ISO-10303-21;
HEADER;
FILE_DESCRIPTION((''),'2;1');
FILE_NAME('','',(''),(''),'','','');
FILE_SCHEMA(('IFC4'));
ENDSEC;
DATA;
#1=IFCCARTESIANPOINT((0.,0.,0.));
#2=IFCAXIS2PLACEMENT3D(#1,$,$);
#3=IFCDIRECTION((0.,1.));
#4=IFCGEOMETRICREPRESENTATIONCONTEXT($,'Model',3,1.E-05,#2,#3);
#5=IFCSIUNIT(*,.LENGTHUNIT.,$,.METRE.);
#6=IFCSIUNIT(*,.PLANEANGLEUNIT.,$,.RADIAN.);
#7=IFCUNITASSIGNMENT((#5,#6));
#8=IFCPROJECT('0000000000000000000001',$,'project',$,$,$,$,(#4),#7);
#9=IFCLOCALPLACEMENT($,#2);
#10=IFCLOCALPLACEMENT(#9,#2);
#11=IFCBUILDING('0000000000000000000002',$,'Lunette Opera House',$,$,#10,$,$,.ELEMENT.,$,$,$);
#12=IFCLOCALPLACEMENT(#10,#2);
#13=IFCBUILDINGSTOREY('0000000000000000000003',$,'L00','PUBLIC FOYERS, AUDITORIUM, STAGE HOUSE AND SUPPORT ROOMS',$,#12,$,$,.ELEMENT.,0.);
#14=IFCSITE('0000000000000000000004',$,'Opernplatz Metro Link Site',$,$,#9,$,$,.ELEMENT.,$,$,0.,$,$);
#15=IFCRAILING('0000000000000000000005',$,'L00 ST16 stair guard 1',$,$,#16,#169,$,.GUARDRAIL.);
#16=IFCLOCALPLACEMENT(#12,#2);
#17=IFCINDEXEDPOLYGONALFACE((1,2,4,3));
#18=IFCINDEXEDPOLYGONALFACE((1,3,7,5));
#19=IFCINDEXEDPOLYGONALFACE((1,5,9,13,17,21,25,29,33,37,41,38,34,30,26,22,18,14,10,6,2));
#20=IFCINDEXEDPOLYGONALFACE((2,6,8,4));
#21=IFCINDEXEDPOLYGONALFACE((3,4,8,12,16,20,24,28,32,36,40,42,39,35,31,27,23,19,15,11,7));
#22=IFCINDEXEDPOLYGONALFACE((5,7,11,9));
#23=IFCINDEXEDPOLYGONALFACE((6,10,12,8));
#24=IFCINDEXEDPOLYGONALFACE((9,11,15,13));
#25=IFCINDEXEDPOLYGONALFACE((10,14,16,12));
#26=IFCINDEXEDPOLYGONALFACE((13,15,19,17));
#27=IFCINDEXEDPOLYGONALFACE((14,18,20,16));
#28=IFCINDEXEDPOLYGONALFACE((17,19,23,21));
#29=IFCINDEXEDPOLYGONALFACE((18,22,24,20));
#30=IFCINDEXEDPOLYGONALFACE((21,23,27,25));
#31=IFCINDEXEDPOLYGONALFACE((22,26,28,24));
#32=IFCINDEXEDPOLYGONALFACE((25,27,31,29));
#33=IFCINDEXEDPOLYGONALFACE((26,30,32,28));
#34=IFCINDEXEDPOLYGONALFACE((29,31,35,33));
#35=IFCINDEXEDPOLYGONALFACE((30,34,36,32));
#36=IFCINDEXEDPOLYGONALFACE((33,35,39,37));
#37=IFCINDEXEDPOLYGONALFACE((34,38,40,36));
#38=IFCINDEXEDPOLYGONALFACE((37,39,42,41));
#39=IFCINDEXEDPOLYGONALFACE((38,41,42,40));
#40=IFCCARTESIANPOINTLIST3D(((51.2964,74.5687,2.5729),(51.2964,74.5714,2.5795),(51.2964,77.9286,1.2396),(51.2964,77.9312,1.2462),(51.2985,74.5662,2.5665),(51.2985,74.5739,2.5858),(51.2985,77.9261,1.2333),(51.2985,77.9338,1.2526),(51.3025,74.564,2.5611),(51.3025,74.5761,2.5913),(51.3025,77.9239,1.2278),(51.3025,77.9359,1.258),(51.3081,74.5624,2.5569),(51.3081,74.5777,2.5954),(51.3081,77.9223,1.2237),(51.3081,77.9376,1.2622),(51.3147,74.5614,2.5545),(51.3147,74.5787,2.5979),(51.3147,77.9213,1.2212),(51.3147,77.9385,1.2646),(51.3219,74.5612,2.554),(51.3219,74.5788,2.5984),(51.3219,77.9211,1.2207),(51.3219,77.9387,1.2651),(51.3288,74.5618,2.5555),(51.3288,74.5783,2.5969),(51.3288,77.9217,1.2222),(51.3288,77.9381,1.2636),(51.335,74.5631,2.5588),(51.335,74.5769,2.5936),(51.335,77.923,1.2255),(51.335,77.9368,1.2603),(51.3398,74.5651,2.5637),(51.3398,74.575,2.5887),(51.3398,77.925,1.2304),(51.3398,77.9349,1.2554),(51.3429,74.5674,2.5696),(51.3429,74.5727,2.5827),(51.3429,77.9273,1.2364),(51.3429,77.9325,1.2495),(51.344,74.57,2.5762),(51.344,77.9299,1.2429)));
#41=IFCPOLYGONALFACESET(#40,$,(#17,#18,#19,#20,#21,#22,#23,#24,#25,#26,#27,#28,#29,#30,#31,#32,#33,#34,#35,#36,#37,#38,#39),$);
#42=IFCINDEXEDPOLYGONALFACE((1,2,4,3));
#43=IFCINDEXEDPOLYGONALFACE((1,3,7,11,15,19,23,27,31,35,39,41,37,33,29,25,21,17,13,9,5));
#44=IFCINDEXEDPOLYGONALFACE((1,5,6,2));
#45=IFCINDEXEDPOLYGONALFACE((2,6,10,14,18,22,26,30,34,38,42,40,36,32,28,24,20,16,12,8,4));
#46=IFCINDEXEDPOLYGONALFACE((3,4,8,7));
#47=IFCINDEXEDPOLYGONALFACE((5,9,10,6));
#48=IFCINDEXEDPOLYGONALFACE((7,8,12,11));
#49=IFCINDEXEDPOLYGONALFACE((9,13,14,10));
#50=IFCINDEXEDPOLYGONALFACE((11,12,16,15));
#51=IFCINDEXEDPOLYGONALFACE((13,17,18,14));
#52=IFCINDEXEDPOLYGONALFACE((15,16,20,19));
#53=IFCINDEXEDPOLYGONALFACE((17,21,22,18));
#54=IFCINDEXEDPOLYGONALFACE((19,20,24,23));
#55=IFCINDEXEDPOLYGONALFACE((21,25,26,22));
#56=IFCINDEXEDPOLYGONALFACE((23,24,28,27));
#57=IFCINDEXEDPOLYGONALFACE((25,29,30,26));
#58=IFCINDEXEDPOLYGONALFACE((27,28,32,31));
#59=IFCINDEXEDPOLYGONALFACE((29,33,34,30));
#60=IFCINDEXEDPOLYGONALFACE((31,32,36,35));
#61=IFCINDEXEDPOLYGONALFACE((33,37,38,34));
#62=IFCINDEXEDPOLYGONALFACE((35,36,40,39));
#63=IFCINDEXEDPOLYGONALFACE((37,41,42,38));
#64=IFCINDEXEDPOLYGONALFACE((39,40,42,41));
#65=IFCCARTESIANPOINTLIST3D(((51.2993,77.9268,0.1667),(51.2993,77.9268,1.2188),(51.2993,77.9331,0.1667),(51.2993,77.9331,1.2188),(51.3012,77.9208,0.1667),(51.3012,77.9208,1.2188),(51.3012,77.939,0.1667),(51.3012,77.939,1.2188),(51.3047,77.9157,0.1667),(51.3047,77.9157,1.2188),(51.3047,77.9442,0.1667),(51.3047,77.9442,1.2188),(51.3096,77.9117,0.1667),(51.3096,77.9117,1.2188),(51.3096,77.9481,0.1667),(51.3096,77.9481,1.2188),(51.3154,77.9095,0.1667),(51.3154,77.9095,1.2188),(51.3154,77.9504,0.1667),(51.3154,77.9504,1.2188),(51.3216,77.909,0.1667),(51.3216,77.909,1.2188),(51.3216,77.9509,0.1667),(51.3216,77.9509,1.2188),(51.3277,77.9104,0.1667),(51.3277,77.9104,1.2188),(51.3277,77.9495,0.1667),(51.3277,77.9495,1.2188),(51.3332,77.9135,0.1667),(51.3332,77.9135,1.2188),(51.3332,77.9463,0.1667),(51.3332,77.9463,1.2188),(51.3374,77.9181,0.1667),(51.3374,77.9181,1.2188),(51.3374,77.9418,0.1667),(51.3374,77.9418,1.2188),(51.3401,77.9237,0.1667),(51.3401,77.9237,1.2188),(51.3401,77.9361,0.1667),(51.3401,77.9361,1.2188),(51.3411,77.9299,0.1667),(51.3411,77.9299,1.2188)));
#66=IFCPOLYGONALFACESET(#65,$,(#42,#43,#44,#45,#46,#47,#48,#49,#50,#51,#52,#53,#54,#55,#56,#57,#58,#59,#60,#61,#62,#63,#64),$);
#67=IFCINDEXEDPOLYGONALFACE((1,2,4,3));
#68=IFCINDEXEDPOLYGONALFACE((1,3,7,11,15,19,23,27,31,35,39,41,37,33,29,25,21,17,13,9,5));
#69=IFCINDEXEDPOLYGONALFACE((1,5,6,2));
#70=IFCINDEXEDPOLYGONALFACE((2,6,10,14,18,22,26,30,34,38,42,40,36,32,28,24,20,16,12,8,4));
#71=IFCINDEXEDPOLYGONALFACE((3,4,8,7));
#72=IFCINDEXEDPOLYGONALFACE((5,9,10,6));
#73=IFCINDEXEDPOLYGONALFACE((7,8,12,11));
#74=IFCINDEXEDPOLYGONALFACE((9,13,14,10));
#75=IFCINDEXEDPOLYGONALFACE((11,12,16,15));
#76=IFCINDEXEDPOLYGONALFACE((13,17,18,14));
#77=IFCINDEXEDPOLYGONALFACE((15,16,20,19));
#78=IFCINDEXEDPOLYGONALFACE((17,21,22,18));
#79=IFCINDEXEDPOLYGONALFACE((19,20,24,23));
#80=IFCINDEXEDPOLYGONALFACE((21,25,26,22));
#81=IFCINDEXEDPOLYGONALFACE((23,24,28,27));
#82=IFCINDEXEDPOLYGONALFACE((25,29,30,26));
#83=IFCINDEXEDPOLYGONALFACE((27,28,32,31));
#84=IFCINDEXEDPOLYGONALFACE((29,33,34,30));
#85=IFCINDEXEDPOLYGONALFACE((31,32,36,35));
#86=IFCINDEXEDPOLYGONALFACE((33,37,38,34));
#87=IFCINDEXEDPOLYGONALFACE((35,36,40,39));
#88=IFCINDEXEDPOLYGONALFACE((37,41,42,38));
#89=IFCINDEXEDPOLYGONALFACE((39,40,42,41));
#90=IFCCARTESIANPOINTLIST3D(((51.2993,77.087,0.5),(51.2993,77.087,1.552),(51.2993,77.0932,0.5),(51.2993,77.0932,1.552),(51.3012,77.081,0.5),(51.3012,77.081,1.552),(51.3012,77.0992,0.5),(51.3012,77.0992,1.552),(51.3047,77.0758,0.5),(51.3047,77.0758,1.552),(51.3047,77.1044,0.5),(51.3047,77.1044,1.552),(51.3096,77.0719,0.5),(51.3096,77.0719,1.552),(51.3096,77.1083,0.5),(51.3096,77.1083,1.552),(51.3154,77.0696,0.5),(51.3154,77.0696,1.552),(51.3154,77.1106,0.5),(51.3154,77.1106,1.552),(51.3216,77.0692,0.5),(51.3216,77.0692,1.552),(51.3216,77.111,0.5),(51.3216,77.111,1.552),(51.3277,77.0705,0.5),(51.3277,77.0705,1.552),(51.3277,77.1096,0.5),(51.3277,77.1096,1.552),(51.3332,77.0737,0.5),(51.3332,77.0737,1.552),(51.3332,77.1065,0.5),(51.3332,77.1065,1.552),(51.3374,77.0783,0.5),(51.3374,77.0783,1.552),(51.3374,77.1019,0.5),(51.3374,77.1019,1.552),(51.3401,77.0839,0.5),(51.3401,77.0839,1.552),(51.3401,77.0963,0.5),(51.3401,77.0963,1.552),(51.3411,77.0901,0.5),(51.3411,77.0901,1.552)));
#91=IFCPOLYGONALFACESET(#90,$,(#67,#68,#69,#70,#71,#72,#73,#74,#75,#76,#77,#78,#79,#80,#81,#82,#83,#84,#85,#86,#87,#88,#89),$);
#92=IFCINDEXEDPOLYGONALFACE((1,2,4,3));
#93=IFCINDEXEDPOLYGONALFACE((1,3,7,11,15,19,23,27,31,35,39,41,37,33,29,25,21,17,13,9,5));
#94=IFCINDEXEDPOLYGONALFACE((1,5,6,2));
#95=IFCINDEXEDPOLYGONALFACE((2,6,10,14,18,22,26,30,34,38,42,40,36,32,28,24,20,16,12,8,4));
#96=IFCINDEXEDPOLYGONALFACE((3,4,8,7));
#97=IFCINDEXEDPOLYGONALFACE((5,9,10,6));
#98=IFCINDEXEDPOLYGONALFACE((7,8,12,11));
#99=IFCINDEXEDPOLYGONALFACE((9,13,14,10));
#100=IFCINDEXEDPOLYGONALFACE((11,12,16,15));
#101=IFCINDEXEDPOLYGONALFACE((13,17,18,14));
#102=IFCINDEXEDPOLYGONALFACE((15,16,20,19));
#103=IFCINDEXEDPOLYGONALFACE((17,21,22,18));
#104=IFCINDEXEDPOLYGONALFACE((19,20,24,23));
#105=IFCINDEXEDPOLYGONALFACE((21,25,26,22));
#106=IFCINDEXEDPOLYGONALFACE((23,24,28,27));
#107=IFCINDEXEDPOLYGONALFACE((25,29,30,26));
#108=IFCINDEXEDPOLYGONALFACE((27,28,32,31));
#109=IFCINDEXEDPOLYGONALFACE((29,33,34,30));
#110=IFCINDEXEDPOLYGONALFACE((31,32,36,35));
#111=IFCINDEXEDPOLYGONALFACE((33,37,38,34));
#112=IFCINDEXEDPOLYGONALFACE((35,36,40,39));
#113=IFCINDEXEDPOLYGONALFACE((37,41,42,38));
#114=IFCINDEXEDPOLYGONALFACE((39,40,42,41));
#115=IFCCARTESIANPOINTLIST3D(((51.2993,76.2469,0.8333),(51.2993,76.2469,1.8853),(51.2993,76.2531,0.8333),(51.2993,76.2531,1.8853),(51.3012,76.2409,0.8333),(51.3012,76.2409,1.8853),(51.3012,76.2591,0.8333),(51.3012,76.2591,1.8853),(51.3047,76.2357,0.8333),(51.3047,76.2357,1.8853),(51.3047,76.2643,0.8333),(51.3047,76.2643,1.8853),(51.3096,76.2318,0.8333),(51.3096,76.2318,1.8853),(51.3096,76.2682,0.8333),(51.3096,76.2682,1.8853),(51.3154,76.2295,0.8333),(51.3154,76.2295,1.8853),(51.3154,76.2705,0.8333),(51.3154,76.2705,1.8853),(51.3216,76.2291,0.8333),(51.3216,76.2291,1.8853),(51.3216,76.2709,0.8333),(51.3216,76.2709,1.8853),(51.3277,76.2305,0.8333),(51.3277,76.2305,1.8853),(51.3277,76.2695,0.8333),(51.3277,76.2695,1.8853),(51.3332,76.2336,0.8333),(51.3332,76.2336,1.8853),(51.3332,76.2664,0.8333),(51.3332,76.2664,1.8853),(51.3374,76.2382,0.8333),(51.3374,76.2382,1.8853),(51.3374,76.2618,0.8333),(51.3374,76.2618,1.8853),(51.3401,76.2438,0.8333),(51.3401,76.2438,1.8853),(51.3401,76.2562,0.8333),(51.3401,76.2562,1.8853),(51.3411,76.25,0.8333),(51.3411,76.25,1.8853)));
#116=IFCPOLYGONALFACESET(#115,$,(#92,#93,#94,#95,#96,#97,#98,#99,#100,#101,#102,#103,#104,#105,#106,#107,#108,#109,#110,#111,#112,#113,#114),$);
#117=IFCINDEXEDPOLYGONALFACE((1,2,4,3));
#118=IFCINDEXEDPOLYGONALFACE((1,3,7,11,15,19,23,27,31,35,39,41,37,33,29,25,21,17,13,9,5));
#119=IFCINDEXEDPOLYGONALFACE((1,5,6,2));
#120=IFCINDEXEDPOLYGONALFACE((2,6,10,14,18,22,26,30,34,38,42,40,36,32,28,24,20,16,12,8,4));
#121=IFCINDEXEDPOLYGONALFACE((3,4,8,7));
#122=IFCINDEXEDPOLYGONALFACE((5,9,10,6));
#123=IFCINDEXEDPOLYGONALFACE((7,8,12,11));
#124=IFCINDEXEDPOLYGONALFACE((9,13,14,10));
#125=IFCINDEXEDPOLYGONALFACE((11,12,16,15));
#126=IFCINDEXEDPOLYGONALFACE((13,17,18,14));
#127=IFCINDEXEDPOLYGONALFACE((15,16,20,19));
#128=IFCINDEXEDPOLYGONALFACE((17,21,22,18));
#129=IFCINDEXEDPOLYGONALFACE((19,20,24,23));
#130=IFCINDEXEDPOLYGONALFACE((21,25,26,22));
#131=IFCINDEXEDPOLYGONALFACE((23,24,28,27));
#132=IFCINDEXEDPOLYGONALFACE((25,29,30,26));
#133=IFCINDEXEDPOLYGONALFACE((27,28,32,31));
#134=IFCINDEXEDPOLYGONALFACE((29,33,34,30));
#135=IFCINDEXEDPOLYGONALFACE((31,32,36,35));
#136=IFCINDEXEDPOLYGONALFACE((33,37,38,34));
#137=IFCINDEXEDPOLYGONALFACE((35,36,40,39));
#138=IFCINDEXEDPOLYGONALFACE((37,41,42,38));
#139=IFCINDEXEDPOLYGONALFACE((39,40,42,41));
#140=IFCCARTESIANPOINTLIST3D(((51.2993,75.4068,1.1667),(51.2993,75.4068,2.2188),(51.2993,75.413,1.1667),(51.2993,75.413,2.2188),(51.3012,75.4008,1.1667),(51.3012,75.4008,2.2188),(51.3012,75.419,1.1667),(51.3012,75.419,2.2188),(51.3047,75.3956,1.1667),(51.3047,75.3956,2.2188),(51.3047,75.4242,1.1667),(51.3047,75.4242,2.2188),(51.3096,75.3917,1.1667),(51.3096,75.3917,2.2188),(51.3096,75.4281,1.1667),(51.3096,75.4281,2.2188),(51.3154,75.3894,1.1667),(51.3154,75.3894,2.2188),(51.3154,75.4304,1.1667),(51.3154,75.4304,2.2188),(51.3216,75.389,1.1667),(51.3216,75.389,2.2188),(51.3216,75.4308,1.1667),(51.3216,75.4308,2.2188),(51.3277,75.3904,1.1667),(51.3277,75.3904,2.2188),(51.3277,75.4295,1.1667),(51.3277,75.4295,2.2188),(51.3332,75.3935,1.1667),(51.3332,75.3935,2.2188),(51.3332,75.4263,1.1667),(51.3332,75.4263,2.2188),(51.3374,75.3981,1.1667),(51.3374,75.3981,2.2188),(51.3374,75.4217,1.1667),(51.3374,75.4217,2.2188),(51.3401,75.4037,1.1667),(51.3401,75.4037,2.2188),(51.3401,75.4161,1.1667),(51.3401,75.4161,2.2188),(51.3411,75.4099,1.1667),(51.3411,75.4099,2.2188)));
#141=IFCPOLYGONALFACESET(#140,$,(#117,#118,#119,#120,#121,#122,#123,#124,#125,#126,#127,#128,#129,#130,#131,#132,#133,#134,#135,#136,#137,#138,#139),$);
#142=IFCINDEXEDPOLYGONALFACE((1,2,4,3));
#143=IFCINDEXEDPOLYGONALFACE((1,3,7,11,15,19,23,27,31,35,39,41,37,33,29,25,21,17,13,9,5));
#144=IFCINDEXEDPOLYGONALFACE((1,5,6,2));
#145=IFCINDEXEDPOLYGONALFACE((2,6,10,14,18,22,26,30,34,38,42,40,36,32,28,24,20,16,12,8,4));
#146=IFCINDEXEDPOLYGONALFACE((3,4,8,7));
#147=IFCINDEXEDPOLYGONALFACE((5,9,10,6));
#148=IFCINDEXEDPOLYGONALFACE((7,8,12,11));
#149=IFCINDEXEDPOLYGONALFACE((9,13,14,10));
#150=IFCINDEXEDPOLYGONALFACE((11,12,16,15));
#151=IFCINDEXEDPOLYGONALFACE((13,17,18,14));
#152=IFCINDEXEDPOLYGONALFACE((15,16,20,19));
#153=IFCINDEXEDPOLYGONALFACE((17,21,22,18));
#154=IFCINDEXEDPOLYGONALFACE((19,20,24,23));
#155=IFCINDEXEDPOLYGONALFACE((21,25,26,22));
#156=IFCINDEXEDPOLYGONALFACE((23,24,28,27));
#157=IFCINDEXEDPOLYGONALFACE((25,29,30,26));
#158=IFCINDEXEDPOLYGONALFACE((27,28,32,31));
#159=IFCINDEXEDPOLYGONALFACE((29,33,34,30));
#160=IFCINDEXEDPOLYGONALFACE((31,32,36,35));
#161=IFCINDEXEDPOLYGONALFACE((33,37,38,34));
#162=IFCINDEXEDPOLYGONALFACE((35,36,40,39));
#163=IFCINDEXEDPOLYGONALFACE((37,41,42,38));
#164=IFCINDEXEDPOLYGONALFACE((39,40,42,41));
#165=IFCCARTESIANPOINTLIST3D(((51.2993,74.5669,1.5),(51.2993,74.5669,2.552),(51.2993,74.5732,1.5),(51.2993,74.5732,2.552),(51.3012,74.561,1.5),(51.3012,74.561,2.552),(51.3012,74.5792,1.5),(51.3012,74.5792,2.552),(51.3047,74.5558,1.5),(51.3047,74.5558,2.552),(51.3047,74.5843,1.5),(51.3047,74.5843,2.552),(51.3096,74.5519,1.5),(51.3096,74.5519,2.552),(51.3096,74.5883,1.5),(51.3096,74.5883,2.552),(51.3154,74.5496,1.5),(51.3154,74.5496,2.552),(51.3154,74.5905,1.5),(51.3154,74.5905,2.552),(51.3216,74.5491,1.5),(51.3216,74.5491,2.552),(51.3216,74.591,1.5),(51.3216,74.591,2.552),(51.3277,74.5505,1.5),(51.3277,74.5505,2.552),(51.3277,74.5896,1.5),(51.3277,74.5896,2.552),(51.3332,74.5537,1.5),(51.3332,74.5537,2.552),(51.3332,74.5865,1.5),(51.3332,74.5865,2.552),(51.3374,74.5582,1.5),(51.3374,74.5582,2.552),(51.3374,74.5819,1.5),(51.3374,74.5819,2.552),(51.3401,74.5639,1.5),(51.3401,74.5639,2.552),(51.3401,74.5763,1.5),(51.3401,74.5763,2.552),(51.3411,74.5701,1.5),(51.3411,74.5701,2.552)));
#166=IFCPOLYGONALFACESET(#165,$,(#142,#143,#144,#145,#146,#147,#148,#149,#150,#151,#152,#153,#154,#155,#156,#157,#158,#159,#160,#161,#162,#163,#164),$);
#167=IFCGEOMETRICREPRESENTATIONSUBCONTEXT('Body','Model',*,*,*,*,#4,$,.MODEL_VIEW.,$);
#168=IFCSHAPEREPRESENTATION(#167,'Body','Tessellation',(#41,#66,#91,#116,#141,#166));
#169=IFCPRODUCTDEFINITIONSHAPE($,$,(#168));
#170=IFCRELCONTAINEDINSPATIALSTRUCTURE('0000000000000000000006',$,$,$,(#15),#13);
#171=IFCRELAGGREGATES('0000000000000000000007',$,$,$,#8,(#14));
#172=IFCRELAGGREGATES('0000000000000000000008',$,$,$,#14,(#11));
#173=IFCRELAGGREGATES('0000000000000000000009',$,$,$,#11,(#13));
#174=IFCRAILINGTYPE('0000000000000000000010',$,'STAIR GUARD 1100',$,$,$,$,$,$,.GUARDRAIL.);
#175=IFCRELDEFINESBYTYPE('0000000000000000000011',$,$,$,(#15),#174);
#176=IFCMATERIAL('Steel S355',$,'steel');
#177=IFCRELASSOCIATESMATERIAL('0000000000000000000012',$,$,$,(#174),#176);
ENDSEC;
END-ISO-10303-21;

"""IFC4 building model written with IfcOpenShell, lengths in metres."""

from ifc_helpers import new_model, si_unit, direction, frame, origin, origin_2d, place, context, subcontext, project, spatial, circle, extrude, material, type_object, element, save


model = new_model("IFC4")

# Units and contexts
model_context = context("Model", 3, precision=1e-05, world=origin(), true_north=direction((0.0, 1.0)))
body_context = subcontext(model_context, "Body", "Model", "MODEL_VIEW")
ifc_project = project(units=[si_unit("LENGTHUNIT", "METRE"), si_unit("PLANEANGLEUNIT", "RADIAN")], contexts=[model_context])

# Site, building, storey
site_placement = place(None, origin())
site = spatial("IfcSite", under=ifc_project, at=site_placement, Name="Opernplatz Metro Link Site", CompositionType="ELEMENT", RefElevation=0.0)
building_placement = place(site_placement, origin())
building = spatial("IfcBuilding", under=site, at=building_placement, Name="Lunette Opera House", CompositionType="ELEMENT")
storey_placement = place(building_placement, origin())
storey = spatial("IfcBuildingStorey", under=building, at=storey_placement, Name="L00", Description="PUBLIC FOYERS, AUDITORIUM, STAGE HOUSE AND SUPPORT ROOMS", CompositionType="ELEMENT", Elevation=0.0)

# Railing
ifc_material_1 = material(Name="Steel S355", Category="steel")
railing_type_1 = type_object("IfcRailingType", Name="STAIR GUARD 1100", PredefinedType="GUARDRAIL", material=ifc_material_1)
railing_1_placement = place(storey_placement, frame((51.3201, 77.9299, 0.1667)))
element("IfcRailing", 1, at=railing_1_placement, inside=storey, type_object=railing_type_1, Name="L00 ST16 stair guard 1", PredefinedType="GUARDRAIL", context=body_context, shape_type="SweptSolid", body=[
    extrude(circle(Radius=0.0239, at=origin_2d()), frame((0.0, 0.0, 1.0762), z_axis=(0.0, -0.929493, 0.368839), x_axis=(1.0, 0.0, 0.0)), (0.0, 0.0, 1.0), 3.6147),
    extrude(circle(Radius=0.021, at=origin_2d()), origin(), (0.0, 0.0, 1.0), 1.052),
    extrude(circle(Radius=0.021, at=origin_2d()), frame((0.0, -0.8398, 0.3333)), (0.0, 0.0, 1.0), 1.052),
    extrude(circle(Radius=0.021, at=origin_2d()), frame((0.0, -1.6799, 0.6665)), (0.0, 0.0, 1.0), 1.052),
    extrude(circle(Radius=0.021, at=origin_2d()), frame((0.0, -2.52, 1.0)), (0.0, 0.0, 1.0), 1.052),
    extrude(circle(Radius=0.021, at=origin_2d()), frame((0.0, -3.3599, 1.3333)), (0.0, 0.0, 1.0), 1.052),
])

save(model, "model.ifc")
